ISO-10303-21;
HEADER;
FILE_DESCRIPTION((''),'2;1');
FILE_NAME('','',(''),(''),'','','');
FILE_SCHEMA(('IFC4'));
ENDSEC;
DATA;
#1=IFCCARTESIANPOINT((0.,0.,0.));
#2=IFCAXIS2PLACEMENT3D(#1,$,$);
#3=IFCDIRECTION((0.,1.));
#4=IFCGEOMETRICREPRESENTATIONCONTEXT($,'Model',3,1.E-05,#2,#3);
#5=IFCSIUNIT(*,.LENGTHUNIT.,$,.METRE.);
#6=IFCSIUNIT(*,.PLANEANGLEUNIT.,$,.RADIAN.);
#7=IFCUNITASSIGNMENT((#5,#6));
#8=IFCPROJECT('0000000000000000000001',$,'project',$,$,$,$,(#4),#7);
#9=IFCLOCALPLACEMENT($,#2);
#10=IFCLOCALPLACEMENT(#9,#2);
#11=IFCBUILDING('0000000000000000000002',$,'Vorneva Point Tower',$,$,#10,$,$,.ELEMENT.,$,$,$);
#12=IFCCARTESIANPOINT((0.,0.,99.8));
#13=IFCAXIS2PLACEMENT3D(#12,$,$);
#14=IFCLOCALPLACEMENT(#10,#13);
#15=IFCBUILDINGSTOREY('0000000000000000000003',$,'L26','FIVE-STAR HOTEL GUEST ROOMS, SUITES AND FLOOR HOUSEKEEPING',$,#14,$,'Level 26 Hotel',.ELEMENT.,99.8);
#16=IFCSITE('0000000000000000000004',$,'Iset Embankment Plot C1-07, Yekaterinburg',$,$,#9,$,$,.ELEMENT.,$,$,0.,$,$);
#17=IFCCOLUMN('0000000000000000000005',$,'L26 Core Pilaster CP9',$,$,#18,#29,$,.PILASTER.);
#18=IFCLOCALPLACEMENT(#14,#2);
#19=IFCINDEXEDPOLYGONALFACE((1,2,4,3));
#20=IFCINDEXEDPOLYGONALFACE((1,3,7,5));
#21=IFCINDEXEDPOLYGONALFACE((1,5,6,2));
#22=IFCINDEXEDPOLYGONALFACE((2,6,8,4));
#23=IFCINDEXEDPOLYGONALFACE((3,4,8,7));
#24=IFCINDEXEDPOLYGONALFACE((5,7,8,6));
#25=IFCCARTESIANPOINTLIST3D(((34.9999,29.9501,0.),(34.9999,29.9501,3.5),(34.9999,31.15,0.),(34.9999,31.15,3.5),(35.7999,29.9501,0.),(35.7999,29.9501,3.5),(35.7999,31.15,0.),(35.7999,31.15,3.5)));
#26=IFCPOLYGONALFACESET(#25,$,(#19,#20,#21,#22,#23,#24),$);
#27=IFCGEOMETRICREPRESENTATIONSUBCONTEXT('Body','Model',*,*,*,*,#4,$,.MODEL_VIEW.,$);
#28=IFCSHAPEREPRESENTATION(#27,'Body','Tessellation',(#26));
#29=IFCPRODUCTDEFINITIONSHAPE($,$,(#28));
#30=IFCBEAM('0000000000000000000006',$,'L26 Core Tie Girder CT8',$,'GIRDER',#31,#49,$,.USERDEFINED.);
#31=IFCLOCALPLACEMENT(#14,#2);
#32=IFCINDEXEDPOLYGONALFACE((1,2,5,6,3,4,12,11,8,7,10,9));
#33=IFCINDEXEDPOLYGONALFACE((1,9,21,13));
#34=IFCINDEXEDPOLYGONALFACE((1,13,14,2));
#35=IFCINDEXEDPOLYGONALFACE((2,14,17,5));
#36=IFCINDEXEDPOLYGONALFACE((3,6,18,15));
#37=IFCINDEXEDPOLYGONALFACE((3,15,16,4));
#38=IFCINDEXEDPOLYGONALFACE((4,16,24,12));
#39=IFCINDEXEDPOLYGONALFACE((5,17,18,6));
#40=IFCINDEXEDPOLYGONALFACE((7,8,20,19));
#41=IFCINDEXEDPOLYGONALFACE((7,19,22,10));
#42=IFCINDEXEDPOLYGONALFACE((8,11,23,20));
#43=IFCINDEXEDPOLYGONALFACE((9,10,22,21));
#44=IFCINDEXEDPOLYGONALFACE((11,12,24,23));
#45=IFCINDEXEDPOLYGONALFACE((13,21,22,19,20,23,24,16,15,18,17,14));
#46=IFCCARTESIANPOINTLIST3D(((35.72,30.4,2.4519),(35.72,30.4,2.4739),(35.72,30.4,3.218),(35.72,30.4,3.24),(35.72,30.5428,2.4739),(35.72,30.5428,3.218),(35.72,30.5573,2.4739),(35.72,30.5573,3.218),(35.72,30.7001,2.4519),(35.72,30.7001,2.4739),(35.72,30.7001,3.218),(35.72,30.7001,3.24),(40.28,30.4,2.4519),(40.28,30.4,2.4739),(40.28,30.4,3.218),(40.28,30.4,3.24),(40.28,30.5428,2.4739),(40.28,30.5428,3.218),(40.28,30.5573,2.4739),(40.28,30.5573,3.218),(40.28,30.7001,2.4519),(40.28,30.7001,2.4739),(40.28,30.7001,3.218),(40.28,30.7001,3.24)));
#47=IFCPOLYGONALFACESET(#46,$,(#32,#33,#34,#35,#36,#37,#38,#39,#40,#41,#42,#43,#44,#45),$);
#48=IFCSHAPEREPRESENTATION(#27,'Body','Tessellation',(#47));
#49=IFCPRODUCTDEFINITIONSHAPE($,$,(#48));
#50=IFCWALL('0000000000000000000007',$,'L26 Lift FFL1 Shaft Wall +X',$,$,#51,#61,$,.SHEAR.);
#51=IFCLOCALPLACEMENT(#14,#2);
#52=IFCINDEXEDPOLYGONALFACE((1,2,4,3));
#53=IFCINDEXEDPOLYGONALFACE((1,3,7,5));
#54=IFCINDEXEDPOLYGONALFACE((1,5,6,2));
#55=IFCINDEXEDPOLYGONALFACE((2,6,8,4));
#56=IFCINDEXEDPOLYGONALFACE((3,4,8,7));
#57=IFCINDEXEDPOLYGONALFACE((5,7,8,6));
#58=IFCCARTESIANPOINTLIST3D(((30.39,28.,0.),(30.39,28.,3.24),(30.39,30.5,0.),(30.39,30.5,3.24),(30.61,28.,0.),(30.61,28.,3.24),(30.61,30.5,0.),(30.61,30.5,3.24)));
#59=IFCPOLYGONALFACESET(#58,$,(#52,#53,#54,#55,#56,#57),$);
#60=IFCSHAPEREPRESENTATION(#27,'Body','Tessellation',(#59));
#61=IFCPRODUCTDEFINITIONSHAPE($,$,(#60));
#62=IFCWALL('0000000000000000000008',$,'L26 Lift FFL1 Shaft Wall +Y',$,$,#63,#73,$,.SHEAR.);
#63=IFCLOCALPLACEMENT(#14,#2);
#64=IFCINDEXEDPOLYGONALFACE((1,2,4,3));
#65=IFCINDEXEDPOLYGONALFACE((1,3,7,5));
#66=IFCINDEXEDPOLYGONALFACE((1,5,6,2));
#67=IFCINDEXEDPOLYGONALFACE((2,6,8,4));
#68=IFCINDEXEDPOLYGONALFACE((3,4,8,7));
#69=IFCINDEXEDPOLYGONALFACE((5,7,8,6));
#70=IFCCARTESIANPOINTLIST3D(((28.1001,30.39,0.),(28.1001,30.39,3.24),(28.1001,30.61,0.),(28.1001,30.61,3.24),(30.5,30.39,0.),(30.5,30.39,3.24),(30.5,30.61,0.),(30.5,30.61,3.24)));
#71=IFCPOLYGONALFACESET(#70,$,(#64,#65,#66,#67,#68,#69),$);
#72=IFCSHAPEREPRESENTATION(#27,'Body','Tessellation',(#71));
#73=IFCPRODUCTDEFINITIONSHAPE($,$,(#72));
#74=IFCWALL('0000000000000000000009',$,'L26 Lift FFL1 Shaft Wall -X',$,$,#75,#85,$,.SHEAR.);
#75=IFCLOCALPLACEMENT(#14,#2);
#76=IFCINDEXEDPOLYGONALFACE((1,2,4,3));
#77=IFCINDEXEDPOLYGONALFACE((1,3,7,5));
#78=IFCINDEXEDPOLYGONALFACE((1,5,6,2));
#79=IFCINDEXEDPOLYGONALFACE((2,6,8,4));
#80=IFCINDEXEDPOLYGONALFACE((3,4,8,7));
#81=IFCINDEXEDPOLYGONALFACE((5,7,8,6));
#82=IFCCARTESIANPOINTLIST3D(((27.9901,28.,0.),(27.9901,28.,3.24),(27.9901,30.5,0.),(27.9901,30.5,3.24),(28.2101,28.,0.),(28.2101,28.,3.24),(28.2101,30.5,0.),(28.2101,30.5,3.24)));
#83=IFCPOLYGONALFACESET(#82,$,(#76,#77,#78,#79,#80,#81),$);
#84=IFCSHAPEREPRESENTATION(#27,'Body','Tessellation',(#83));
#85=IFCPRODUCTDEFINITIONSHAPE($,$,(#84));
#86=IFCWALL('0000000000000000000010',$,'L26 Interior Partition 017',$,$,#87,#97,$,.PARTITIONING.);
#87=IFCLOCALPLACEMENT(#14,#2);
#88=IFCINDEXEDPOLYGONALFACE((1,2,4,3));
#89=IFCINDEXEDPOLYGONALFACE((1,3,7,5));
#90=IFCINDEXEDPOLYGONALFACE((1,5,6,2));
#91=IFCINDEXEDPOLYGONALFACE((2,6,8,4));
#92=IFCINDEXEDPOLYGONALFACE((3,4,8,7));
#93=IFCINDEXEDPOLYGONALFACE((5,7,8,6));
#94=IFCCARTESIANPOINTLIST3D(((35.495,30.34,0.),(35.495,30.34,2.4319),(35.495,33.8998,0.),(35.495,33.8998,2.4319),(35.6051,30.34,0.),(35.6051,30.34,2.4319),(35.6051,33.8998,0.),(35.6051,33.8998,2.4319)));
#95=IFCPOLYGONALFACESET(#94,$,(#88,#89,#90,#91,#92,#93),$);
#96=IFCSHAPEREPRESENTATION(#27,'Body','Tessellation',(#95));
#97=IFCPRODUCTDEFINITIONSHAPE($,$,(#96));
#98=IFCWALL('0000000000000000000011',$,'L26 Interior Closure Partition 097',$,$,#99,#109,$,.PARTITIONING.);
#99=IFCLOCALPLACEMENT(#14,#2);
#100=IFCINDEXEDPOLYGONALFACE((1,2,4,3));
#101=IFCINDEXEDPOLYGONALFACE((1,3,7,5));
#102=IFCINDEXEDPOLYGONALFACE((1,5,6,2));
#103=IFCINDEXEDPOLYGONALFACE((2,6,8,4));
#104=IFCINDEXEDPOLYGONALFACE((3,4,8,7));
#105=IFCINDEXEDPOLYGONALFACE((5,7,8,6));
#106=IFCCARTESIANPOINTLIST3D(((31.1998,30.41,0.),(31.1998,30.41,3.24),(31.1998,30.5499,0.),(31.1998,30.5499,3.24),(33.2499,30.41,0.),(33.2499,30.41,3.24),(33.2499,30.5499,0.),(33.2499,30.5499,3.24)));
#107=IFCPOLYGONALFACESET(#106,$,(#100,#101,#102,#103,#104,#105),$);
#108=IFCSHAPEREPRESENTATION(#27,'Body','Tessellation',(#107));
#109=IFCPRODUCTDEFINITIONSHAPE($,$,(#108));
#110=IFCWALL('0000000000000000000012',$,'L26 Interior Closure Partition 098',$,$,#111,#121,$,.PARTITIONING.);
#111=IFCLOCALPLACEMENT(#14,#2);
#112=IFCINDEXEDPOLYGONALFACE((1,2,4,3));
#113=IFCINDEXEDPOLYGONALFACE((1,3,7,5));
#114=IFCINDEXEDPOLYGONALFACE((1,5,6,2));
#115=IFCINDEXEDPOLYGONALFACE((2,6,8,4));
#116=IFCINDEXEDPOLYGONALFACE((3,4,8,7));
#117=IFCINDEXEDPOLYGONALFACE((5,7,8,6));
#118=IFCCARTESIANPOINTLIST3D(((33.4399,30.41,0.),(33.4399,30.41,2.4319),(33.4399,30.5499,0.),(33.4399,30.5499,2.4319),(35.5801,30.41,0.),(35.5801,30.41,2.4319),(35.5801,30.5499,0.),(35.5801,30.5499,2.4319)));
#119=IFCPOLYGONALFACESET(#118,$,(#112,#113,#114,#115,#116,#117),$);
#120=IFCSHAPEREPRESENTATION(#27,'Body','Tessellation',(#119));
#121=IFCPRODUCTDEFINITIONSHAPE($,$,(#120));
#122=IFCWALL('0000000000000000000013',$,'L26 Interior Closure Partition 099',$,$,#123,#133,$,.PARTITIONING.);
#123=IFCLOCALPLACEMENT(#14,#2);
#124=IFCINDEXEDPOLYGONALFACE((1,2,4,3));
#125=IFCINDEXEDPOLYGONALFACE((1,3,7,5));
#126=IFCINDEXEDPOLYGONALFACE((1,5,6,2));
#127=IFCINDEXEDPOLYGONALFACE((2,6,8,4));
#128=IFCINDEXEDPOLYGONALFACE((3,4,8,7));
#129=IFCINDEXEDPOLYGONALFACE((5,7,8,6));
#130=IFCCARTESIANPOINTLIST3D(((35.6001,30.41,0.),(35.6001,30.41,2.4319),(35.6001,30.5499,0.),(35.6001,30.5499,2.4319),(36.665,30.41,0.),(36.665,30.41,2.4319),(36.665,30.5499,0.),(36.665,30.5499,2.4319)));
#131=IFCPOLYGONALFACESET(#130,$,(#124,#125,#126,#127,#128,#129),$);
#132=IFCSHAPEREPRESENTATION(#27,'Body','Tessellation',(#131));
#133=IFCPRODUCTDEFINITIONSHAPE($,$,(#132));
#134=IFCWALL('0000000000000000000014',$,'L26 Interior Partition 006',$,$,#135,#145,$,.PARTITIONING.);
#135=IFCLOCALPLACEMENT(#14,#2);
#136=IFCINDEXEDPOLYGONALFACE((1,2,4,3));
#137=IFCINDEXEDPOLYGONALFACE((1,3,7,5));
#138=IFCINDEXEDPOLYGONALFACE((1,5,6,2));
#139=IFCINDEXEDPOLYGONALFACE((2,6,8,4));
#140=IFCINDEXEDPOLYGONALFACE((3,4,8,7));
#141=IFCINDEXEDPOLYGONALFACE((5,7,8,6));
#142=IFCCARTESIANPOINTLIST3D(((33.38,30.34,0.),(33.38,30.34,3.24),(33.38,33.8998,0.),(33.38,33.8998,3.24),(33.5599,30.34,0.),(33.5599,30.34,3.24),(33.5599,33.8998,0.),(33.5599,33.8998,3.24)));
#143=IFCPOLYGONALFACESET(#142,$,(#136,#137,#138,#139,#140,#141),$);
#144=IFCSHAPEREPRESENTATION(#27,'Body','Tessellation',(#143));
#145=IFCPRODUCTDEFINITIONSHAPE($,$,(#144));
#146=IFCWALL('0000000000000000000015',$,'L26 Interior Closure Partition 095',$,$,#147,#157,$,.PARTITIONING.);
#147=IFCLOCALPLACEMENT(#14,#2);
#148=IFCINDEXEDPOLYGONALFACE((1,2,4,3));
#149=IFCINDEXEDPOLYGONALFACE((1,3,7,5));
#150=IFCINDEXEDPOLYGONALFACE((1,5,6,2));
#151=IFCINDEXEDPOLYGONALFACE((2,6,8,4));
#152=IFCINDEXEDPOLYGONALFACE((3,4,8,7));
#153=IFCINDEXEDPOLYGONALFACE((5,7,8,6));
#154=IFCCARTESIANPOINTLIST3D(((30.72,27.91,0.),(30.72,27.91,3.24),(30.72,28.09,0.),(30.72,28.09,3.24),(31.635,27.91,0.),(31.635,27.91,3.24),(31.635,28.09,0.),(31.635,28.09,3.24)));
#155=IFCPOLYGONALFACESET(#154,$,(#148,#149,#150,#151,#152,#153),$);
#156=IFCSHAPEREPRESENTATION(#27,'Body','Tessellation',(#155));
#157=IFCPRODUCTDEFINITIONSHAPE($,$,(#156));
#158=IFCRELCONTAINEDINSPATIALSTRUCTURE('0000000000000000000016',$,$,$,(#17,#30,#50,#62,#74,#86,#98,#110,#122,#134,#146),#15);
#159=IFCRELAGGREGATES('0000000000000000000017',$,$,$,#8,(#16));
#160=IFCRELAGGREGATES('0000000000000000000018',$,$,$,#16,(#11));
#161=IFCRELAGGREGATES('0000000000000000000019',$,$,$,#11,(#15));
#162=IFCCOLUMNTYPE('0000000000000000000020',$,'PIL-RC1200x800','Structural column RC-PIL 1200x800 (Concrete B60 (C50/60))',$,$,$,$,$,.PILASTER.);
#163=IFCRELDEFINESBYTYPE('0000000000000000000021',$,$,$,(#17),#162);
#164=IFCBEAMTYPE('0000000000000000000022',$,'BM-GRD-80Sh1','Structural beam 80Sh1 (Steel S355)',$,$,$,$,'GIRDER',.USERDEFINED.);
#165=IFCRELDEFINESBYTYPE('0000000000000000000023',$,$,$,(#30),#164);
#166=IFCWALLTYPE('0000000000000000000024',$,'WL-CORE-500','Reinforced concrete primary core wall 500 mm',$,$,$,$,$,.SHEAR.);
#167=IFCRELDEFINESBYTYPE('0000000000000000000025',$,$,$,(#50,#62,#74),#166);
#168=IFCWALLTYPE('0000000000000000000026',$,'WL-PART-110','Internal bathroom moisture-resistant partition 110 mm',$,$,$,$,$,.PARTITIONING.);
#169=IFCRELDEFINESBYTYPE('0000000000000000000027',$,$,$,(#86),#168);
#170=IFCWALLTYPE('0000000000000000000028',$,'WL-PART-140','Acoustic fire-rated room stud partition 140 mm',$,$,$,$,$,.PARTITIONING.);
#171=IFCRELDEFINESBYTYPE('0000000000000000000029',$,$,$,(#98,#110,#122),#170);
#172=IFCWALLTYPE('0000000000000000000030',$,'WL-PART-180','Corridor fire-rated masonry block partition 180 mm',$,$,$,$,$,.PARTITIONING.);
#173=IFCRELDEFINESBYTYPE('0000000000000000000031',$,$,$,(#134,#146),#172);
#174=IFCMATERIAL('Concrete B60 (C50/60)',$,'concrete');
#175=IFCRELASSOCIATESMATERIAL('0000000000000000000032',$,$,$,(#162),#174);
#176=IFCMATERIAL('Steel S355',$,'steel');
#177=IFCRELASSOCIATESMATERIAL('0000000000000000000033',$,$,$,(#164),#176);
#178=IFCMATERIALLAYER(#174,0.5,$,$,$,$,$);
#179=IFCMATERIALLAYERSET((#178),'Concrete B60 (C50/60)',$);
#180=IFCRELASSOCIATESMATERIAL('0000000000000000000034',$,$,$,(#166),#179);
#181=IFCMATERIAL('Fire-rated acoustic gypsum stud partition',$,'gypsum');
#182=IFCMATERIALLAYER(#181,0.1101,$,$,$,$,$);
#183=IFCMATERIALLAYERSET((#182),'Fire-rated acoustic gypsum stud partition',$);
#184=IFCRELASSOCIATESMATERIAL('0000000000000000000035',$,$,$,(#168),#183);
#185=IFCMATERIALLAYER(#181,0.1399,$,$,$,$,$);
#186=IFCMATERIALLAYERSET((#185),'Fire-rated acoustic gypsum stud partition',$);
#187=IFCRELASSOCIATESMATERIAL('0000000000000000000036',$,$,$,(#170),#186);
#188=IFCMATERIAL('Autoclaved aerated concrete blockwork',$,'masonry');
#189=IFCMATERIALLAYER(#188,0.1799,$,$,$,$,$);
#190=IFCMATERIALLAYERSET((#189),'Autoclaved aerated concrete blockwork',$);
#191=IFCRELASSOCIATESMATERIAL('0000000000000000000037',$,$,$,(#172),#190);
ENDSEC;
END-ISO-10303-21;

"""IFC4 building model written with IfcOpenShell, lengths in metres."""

from ifc_helpers import new_model, si_unit, direction, frame, frame_2d, origin, origin_2d, place, context, subcontext, project, spatial, rectangle, i_section, extrude, material, layer, layer_set, material_profile, profile_set, type_object, element, save


model = new_model("IFC4")

# Units and contexts
model_context = context("Model", 3, precision=1e-05, world=origin(), true_north=direction((0.0, 1.0)))
body_context = subcontext(model_context, "Body", "Model", "MODEL_VIEW")
ifc_project = project(units=[si_unit("LENGTHUNIT", "METRE"), si_unit("PLANEANGLEUNIT", "RADIAN")], contexts=[model_context])

# Site, building, storey
site_placement = place(None, origin())
site = spatial("IfcSite", under=ifc_project, at=site_placement, Name="Iset Embankment Plot C1-07, Yekaterinburg", CompositionType="ELEMENT", RefElevation=0.0)
building_placement = place(site_placement, origin())
building = spatial("IfcBuilding", under=site, at=building_placement, Name="Vorneva Point Tower", CompositionType="ELEMENT")
storey_placement = place(building_placement, frame((0.0, 0.0, 99.8)))
storey = spatial("IfcBuildingStorey", under=building, at=storey_placement, Name="L26", Description="FIVE-STAR HOTEL GUEST ROOMS, SUITES AND FLOOR HOUSEKEEPING", LongName="Level 26 Hotel", CompositionType="ELEMENT", Elevation=99.8)

# Column
ifc_material_1 = material(Name="Concrete B60 (C50/60)", Category="concrete")
ifc_material_profile_1 = material_profile(ifc_material_1, rectangle(XDim=0.8, YDim=1.2, at=origin_2d()), Name="RC-PIL 1200x800")
ifc_profile_set_1 = profile_set([ifc_material_profile_1], Name="Concrete B60 (C50/60)")
column_type = type_object("IfcColumnType", Name="PIL-RC1200x800", Description="Structural column RC-PIL 1200x800 (Concrete B60 (C50/60))", PredefinedType="PILASTER", material=ifc_profile_set_1)
column_placement = place(storey_placement, frame((35.3999, 30.55, 0.0), z_axis=(0.0, 0.0, 1.0), x_axis=(1.0, 0.0, 0.0)))
element("IfcColumn", 1, at=column_placement, inside=storey, type_object=column_type, Name="L26 Core Pilaster CP9", PredefinedType="PILASTER", context=body_context, shape_type="SweptSolid", body=[
    extrude(rectangle(XDim=0.8, YDim=1.2, at=origin_2d()), origin(), (0.0, 0.0, 1.0), 3.5),
])

# Beam
ifc_material_2 = material(Name="Steel S355", Category="steel")
ifc_material_profile_2 = material_profile(ifc_material_2, i_section(OverallWidth=0.3, OverallDepth=0.7881, WebThickness=0.0144, FlangeThickness=0.022, at=origin_2d()), Name="80Sh1")
ifc_profile_set_2 = profile_set([ifc_material_profile_2], Name="Steel S355")
beam_type = type_object("IfcBeamType", Name="BM-GRD-80Sh1", Description="Structural beam 80Sh1 (Steel S355)", ElementType="GIRDER", PredefinedType="USERDEFINED", material=ifc_profile_set_2)
beam_placement = place(storey_placement, frame((35.72, 30.55, 2.8459), z_axis=(1.0, 0.0, 0.0), x_axis=(0.0, 1.0, 0.0)))
element("IfcBeam", 2, at=beam_placement, inside=storey, type_object=beam_type, Name="L26 Core Tie Girder CT8", ObjectType="GIRDER", PredefinedType="USERDEFINED", context=body_context, shape_type="SweptSolid", body=[
    extrude(i_section(OverallWidth=0.3, OverallDepth=0.7881, WebThickness=0.0144, FlangeThickness=0.022, at=origin_2d()), origin(), (0.0, 0.0, 1.0), 4.5601),
])

# Walls
ifc_layer_1 = layer(ifc_material_1, 0.5)
ifc_layer_set_1 = layer_set([ifc_layer_1], Name="Concrete B60 (C50/60)")
wall_type_1 = type_object("IfcWallType", Name="WL-CORE-500", Description="Reinforced concrete primary core wall 500 mm", PredefinedType="SHEAR", material=ifc_layer_set_1)
wall_1_placement = place(storey_placement, frame((30.5, 28.0, 0.0), z_axis=(0.0, 0.0, 1.0), x_axis=(0.0, 1.0, 0.0)))
element("IfcWall", 3, at=wall_1_placement, inside=storey, type_object=wall_type_1, Name="L26 Lift FFL1 Shaft Wall +X", PredefinedType="SHEAR", context=body_context, shape_type="SweptSolid", body=[
    extrude(rectangle(XDim=2.5, YDim=0.22, at=frame_2d((1.25, 0.0))), origin(), (0.0, 0.0, 1.0), 3.24),
])
wall_2_placement = place(storey_placement, frame((30.5, 30.5, 0.0), z_axis=(0.0, 0.0, 1.0), x_axis=(-1.0, 0.0, 0.0)))
element("IfcWall", 4, at=wall_2_placement, inside=storey, type_object=wall_type_1, Name="L26 Lift FFL1 Shaft Wall +Y", PredefinedType="SHEAR", context=body_context, shape_type="SweptSolid", body=[
    extrude(rectangle(XDim=2.3999, YDim=0.22, at=frame_2d((1.2, 0.0))), origin(), (0.0, 0.0, 1.0), 3.24),
])
wall_3_placement = place(storey_placement, frame((28.1001, 30.5, 0.0), z_axis=(0.0, 0.0, 1.0), x_axis=(0.0, -1.0, 0.0)))
element("IfcWall", 5, at=wall_3_placement, inside=storey, type_object=wall_type_1, Name="L26 Lift FFL1 Shaft Wall -X", PredefinedType="SHEAR", context=body_context, shape_type="SweptSolid", body=[
    extrude(rectangle(XDim=2.5, YDim=0.22, at=frame_2d((1.25, 0.0))), origin(), (0.0, 0.0, 1.0), 3.24),
])
ifc_material_3 = material(Name="Fire-rated acoustic gypsum stud partition", Category="gypsum")
ifc_layer_2 = layer(ifc_material_3, 0.1101)
ifc_layer_set_2 = layer_set([ifc_layer_2], Name="Fire-rated acoustic gypsum stud partition")
wall_type_2 = type_object("IfcWallType", Name="WL-PART-110", Description="Internal bathroom moisture-resistant partition 110 mm", PredefinedType="PARTITIONING", material=ifc_layer_set_2)
wall_4_placement = place(storey_placement, frame((35.55, 30.3401, 0.0), z_axis=(0.0, 0.0, 1.0), x_axis=(0.0, 1.0, 0.0)))
element("IfcWall", 6, at=wall_4_placement, inside=storey, type_object=wall_type_2, Name="L26 Interior Partition 017", PredefinedType="PARTITIONING", context=body_context, shape_type="SweptSolid", body=[
    extrude(rectangle(XDim=3.5598, YDim=0.1101, at=frame_2d((1.7798, 0.0))), origin(), (0.0, 0.0, 1.0), 2.4319),
])
ifc_layer_3 = layer(ifc_material_3, 0.1399)
ifc_layer_set_3 = layer_set([ifc_layer_3], Name="Fire-rated acoustic gypsum stud partition")
wall_type_3 = type_object("IfcWallType", Name="WL-PART-140", Description="Acoustic fire-rated room stud partition 140 mm", PredefinedType="PARTITIONING", material=ifc_layer_set_3)
wall_5_placement = place(storey_placement, frame((31.2, 30.48, 0.0), z_axis=(0.0, 0.0, 1.0), x_axis=(1.0, 0.0, 0.0)))
element("IfcWall", 7, at=wall_5_placement, inside=storey, type_object=wall_type_3, Name="L26 Interior Closure Partition 097", PredefinedType="PARTITIONING", context=body_context, shape_type="SweptSolid", body=[
    extrude(rectangle(XDim=2.05, YDim=0.1399, at=frame_2d((1.0249, 0.0))), origin(), (0.0, 0.0, 1.0), 3.24),
])
wall_6_placement = place(storey_placement, frame((33.4399, 30.48, 0.0), z_axis=(0.0, 0.0, 1.0), x_axis=(1.0, 0.0, 0.0)))
element("IfcWall", 8, at=wall_6_placement, inside=storey, type_object=wall_type_3, Name="L26 Interior Closure Partition 098", PredefinedType="PARTITIONING", context=body_context, shape_type="SweptSolid", body=[
    extrude(rectangle(XDim=2.1401, YDim=0.1399, at=frame_2d((1.0701, 0.0))), origin(), (0.0, 0.0, 1.0), 2.4319),
])
wall_7_placement = place(storey_placement, frame((35.6001, 30.48, 0.0), z_axis=(0.0, 0.0, 1.0), x_axis=(1.0, 0.0, 0.0)))
element("IfcWall", 9, at=wall_7_placement, inside=storey, type_object=wall_type_3, Name="L26 Interior Closure Partition 099", PredefinedType="PARTITIONING", context=body_context, shape_type="SweptSolid", body=[
    extrude(rectangle(XDim=1.0649, YDim=0.1399, at=frame_2d((0.5325, 0.0))), origin(), (0.0, 0.0, 1.0), 2.4319),
])
ifc_material_4 = material(Name="Autoclaved aerated concrete blockwork", Category="masonry")
ifc_layer_4 = layer(ifc_material_4, 0.1799)
ifc_layer_set_4 = layer_set([ifc_layer_4], Name="Autoclaved aerated concrete blockwork")
wall_type_4 = type_object("IfcWallType", Name="WL-PART-180", Description="Corridor fire-rated masonry block partition 180 mm", PredefinedType="PARTITIONING", material=ifc_layer_set_4)
wall_8_placement = place(storey_placement, frame((33.47, 30.3401, 0.0), z_axis=(0.0, 0.0, 1.0), x_axis=(0.0, 1.0, 0.0)))
element("IfcWall", 10, at=wall_8_placement, inside=storey, type_object=wall_type_4, Name="L26 Interior Partition 006", PredefinedType="PARTITIONING", context=body_context, shape_type="SweptSolid", body=[
    extrude(rectangle(XDim=3.5598, YDim=0.1799, at=frame_2d((1.7798, 0.0))), origin(), (0.0, 0.0, 1.0), 3.24),
])
wall_9_placement = place(storey_placement, frame((31.635, 28.0, 0.0), z_axis=(0.0, 0.0, 1.0), x_axis=(-1.0, 0.0, 0.0)))
element("IfcWall", 11, at=wall_9_placement, inside=storey, type_object=wall_type_4, Name="L26 Interior Closure Partition 095", PredefinedType="PARTITIONING", context=body_context, shape_type="SweptSolid", body=[
    extrude(rectangle(XDim=0.915, YDim=0.1799, at=frame_2d((0.4575, 0.0))), origin(), (0.0, 0.0, 1.0), 3.24),
])

save(model, "model.ifc")
